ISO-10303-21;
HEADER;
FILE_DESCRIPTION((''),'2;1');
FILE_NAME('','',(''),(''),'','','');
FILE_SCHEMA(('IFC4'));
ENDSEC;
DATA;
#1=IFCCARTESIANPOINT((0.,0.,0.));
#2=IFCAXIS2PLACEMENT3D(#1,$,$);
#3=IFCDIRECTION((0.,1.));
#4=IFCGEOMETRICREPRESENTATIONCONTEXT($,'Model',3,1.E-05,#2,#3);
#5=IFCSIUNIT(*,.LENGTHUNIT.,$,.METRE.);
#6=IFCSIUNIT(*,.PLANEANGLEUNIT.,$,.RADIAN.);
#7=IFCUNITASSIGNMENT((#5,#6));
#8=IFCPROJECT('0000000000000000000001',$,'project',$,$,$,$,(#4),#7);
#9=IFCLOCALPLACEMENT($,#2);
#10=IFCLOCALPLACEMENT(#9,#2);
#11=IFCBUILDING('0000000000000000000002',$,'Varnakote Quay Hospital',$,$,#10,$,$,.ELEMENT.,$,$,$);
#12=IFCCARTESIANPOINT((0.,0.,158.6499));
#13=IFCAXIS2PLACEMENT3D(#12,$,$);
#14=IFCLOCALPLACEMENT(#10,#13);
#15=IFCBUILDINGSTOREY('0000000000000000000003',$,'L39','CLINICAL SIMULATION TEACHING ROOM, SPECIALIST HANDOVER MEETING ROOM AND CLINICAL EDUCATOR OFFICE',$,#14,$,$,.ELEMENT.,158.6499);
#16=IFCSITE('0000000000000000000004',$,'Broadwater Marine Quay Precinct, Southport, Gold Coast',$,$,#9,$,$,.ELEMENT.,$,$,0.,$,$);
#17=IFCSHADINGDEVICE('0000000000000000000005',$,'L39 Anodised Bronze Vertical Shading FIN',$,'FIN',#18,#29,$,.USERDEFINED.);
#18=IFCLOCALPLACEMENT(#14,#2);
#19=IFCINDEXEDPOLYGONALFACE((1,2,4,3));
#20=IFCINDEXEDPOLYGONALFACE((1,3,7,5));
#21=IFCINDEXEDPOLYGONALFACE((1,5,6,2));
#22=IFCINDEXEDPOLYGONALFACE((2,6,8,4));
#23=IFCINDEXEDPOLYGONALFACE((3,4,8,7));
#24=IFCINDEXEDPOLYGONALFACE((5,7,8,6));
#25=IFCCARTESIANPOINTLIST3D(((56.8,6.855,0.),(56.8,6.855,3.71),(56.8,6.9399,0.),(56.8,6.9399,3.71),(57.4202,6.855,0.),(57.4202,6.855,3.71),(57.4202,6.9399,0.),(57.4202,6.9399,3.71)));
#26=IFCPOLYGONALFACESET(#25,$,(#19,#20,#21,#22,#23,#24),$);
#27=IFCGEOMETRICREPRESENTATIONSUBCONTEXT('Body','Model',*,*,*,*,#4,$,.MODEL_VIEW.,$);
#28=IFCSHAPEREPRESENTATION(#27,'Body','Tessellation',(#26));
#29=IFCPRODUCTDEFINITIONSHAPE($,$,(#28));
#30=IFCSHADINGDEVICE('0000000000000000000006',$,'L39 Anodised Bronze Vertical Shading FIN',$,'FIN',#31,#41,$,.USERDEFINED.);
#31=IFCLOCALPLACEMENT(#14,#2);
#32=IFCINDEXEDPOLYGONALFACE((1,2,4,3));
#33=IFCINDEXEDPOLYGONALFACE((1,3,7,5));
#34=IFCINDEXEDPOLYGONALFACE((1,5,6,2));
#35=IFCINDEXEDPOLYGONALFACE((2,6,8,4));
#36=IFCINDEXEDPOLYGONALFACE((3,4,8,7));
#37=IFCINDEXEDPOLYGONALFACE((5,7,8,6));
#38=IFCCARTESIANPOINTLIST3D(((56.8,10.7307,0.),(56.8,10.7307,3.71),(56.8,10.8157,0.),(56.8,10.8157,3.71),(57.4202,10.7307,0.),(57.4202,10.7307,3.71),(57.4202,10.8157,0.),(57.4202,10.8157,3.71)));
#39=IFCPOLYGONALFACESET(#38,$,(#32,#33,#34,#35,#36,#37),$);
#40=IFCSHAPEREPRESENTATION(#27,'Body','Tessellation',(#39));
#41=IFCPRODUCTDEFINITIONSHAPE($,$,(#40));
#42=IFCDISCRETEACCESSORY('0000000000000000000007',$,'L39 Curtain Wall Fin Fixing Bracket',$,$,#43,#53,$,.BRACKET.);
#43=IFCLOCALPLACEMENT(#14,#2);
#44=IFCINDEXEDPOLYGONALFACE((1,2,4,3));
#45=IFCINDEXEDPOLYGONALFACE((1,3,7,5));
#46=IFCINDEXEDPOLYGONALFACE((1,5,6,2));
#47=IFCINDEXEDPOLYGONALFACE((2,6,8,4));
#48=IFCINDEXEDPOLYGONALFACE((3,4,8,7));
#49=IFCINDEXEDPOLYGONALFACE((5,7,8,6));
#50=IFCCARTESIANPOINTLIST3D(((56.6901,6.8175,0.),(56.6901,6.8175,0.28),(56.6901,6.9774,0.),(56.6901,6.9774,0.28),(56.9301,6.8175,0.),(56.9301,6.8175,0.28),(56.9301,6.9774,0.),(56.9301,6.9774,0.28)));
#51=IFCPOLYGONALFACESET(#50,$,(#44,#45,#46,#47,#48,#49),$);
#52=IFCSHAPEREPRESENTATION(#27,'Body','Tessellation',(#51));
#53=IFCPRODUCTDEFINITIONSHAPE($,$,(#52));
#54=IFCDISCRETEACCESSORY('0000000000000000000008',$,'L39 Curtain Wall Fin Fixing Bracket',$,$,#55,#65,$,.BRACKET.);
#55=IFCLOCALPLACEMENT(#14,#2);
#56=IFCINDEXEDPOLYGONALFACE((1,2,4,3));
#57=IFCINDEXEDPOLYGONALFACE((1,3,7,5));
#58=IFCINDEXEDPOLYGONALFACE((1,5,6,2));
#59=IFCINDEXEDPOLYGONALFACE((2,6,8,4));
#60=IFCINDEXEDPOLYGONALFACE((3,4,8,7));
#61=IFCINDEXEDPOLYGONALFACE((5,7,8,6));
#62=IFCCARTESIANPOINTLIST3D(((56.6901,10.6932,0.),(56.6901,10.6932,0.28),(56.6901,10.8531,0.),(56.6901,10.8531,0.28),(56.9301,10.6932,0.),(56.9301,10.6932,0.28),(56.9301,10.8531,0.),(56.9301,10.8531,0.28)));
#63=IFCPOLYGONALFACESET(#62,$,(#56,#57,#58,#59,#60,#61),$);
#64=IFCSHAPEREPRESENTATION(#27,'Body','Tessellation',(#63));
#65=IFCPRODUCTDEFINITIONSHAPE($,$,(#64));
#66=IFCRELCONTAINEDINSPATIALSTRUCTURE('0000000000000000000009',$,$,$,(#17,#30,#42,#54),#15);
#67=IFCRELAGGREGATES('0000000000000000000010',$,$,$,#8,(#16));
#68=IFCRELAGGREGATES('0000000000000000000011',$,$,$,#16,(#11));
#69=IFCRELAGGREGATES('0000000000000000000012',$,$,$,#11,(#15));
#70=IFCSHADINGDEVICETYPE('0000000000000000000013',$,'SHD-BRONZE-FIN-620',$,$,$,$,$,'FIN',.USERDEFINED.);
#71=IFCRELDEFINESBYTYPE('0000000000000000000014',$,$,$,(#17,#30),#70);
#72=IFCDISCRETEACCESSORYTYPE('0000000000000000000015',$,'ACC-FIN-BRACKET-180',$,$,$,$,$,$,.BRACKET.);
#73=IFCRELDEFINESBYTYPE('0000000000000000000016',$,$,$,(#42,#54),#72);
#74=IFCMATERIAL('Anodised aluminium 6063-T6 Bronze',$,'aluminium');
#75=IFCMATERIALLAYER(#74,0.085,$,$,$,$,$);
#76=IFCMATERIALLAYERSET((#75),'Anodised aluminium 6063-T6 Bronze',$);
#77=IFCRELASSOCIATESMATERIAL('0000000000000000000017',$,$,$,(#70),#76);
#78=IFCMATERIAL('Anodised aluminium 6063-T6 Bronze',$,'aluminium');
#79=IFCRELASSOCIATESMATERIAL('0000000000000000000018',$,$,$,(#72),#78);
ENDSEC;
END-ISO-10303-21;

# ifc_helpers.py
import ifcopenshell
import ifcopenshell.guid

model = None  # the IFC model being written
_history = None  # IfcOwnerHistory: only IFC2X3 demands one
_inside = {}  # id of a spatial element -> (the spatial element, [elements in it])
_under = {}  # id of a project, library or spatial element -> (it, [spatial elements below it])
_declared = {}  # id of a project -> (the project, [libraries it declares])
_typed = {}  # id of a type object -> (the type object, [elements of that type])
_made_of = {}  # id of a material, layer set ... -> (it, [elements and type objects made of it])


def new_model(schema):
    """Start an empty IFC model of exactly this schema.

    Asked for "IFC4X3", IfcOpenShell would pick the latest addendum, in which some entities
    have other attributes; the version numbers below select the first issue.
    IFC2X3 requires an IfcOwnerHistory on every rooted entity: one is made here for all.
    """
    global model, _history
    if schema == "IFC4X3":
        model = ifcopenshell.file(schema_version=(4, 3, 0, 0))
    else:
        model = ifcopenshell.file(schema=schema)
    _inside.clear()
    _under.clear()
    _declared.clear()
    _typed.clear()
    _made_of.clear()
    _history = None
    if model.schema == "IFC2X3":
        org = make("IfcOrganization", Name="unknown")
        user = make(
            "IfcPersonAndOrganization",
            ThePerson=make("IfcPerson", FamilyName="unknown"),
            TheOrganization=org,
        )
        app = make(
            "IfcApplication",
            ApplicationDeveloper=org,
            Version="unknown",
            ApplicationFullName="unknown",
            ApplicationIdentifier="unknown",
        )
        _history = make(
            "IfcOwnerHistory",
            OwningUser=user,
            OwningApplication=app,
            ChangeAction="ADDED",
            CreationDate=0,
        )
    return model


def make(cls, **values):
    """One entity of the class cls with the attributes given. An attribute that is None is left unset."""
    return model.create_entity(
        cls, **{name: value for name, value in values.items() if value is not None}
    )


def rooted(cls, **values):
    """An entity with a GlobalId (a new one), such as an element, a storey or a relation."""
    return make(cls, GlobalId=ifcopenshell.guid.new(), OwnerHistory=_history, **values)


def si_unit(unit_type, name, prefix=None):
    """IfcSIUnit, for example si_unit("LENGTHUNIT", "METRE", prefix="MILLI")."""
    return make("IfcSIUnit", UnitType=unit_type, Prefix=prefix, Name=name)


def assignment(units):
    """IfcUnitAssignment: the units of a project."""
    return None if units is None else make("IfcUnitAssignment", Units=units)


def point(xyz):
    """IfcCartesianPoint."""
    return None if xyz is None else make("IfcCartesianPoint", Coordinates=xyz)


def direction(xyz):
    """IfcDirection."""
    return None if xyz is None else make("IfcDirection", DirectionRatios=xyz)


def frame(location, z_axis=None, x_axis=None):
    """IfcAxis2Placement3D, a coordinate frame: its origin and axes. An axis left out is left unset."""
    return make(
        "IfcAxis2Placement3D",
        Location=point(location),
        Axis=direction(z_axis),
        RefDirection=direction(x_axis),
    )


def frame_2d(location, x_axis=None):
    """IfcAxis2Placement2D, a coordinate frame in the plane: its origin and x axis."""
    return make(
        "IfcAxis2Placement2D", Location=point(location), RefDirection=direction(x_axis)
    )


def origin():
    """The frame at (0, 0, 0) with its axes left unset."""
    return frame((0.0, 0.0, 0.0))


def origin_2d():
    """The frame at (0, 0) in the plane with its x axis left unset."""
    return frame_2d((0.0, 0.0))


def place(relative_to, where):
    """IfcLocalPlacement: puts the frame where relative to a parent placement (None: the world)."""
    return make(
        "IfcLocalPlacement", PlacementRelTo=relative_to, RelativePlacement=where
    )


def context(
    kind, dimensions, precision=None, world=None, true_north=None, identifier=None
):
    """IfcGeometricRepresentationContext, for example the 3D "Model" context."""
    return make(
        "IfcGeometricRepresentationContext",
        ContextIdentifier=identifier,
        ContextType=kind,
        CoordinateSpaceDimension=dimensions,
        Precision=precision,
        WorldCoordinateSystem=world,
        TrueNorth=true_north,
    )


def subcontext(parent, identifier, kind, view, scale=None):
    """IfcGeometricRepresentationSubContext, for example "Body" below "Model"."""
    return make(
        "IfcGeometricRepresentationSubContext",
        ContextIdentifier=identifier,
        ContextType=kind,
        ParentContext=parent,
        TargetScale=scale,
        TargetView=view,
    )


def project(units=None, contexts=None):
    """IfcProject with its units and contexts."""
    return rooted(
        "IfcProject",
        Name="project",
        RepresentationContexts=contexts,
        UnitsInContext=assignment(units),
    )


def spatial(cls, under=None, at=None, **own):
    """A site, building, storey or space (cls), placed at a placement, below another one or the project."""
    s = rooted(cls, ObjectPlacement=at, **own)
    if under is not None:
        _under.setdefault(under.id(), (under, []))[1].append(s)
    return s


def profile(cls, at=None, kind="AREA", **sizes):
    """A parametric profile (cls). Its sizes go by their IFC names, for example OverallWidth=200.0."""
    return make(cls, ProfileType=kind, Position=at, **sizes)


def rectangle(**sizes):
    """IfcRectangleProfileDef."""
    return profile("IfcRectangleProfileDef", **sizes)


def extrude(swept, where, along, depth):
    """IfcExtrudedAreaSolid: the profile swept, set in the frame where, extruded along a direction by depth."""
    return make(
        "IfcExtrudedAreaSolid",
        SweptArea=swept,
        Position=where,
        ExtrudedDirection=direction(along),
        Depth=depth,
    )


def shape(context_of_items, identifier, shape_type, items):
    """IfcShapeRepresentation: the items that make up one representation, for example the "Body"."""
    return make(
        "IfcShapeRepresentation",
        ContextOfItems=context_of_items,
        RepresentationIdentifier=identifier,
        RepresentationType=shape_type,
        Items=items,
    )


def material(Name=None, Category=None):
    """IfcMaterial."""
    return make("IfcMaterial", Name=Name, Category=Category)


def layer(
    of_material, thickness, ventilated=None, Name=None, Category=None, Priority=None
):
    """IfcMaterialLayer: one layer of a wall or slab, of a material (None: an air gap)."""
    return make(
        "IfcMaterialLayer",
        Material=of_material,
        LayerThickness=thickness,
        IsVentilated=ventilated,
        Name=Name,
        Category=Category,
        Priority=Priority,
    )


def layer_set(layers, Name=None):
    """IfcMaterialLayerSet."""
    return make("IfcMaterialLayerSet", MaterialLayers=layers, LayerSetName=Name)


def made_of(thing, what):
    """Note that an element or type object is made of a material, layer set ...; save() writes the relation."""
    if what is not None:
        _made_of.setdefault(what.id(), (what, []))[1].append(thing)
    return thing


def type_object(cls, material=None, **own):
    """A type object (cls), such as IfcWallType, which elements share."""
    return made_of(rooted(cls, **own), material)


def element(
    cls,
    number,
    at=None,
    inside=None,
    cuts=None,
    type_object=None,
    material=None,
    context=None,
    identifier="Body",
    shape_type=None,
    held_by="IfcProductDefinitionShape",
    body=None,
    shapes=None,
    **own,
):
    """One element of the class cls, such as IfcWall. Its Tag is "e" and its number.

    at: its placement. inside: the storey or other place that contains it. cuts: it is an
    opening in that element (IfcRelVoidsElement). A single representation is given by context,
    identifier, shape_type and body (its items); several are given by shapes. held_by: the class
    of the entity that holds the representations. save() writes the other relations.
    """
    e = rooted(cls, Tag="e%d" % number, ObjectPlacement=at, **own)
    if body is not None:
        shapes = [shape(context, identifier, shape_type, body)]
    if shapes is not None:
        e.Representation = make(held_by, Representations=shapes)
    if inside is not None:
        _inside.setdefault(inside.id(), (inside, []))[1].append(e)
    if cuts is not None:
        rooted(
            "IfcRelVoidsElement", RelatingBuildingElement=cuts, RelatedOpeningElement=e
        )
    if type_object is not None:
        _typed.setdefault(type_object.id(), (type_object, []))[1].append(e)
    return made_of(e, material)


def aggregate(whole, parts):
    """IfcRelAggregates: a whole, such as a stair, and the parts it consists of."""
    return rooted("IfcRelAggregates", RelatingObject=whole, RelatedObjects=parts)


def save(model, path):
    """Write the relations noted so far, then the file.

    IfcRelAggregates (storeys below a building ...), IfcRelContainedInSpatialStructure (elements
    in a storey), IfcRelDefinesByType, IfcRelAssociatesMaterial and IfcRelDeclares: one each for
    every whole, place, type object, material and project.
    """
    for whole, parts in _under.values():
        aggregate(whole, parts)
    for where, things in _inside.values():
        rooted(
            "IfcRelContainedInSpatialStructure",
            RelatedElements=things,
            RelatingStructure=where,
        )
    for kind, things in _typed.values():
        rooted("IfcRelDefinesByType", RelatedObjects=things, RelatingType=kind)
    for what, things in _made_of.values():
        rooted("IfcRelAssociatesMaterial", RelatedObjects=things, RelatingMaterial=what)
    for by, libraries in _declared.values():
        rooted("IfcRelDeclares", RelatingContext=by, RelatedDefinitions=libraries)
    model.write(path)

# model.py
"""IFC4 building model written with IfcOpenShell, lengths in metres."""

from ifc_helpers import new_model, si_unit, direction, frame, origin, origin_2d, place, context, subcontext, project, spatial, rectangle, extrude, material, layer, layer_set, type_object, element, save


model = new_model("IFC4")

# Units and contexts
model_context = context("Model", 3, precision=1e-05, world=origin(), true_north=direction((0.0, 1.0)))
body_context = subcontext(model_context, "Body", "Model", "MODEL_VIEW")
ifc_project = project(units=[si_unit("LENGTHUNIT", "METRE"), si_unit("PLANEANGLEUNIT", "RADIAN")], contexts=[model_context])

# Site, building, storey
site_placement = place(None, origin())
site = spatial("IfcSite", under=ifc_project, at=site_placement, Name="Broadwater Marine Quay Precinct, Southport, Gold Coast", CompositionType="ELEMENT", RefElevation=0.0)
building_placement = place(site_placement, origin())
building = spatial("IfcBuilding", under=site, at=building_placement, Name="Varnakote Quay Hospital", CompositionType="ELEMENT")
storey_placement = place(building_placement, frame((0.0, 0.0, 158.6499)))
storey = spatial("IfcBuildingStorey", under=building, at=storey_placement, Name="L39", Description="CLINICAL SIMULATION TEACHING ROOM, SPECIALIST HANDOVER MEETING ROOM AND CLINICAL EDUCATOR OFFICE", CompositionType="ELEMENT", Elevation=158.6499)

# Shading devices
ifc_material_1 = material(Name="Anodised aluminium 6063-T6 Bronze", Category="aluminium")
ifc_layer_1 = layer(ifc_material_1, 0.085)
ifc_layer_set_1 = layer_set([ifc_layer_1], Name="Anodised aluminium 6063-T6 Bronze")
shading_device_type = type_object("IfcShadingDeviceType", Name="SHD-BRONZE-FIN-620", ElementType="FIN", PredefinedType="USERDEFINED", material=ifc_layer_set_1)
for number, where, z_axis, x_axis, name in (
    (1, (57.1101, 6.8975, 0.0), (0.0, 0.0, 1.0), (-1.0, 0.0, 0.0), "L39 Anodised Bronze Vertical Shading FIN"),
    (2, (57.1101, 10.7732, 0.0), (0.0, 0.0, 1.0), (-1.0, 0.0, 0.0), "L39 Anodised Bronze Vertical Shading FIN"),
):
    element("IfcShadingDevice", number, at=place(storey_placement, frame(where, z_axis=z_axis, x_axis=x_axis)), inside=storey, type_object=shading_device_type, Name=name, ObjectType="FIN", PredefinedType="USERDEFINED", context=body_context, shape_type="SweptSolid", body=[
        extrude(rectangle(XDim=0.6201, YDim=0.085, at=origin_2d()), origin(), (0.0, 0.0, 1.0), 3.71),
    ])

# Discrete accessories
ifc_material_2 = material(Name="Anodised aluminium 6063-T6 Bronze", Category="aluminium")
discrete_accessory_type = type_object("IfcDiscreteAccessoryType", Name="ACC-FIN-BRACKET-180", PredefinedType="BRACKET", material=ifc_material_2)
for number, where, z_axis, x_axis, name in (
    (3, (56.8101, 6.8975, 0.0), (0.0, 0.0, 1.0), (0.0, 1.0, 0.0), "L39 Curtain Wall Fin Fixing Bracket"),
    (4, (56.8101, 10.7732, 0.0), (0.0, 0.0, 1.0), (0.0, 1.0, 0.0), "L39 Curtain Wall Fin Fixing Bracket"),
):
    element("IfcDiscreteAccessory", number, at=place(storey_placement, frame(where, z_axis=z_axis, x_axis=x_axis)), inside=storey, type_object=discrete_accessory_type, Name=name, PredefinedType="BRACKET", context=body_context, shape_type="SweptSolid", body=[
        extrude(rectangle(XDim=0.1599, YDim=0.24, at=origin_2d()), origin(), (0.0, 0.0, 1.0), 0.28),
    ])

save(model, "model.ifc")
